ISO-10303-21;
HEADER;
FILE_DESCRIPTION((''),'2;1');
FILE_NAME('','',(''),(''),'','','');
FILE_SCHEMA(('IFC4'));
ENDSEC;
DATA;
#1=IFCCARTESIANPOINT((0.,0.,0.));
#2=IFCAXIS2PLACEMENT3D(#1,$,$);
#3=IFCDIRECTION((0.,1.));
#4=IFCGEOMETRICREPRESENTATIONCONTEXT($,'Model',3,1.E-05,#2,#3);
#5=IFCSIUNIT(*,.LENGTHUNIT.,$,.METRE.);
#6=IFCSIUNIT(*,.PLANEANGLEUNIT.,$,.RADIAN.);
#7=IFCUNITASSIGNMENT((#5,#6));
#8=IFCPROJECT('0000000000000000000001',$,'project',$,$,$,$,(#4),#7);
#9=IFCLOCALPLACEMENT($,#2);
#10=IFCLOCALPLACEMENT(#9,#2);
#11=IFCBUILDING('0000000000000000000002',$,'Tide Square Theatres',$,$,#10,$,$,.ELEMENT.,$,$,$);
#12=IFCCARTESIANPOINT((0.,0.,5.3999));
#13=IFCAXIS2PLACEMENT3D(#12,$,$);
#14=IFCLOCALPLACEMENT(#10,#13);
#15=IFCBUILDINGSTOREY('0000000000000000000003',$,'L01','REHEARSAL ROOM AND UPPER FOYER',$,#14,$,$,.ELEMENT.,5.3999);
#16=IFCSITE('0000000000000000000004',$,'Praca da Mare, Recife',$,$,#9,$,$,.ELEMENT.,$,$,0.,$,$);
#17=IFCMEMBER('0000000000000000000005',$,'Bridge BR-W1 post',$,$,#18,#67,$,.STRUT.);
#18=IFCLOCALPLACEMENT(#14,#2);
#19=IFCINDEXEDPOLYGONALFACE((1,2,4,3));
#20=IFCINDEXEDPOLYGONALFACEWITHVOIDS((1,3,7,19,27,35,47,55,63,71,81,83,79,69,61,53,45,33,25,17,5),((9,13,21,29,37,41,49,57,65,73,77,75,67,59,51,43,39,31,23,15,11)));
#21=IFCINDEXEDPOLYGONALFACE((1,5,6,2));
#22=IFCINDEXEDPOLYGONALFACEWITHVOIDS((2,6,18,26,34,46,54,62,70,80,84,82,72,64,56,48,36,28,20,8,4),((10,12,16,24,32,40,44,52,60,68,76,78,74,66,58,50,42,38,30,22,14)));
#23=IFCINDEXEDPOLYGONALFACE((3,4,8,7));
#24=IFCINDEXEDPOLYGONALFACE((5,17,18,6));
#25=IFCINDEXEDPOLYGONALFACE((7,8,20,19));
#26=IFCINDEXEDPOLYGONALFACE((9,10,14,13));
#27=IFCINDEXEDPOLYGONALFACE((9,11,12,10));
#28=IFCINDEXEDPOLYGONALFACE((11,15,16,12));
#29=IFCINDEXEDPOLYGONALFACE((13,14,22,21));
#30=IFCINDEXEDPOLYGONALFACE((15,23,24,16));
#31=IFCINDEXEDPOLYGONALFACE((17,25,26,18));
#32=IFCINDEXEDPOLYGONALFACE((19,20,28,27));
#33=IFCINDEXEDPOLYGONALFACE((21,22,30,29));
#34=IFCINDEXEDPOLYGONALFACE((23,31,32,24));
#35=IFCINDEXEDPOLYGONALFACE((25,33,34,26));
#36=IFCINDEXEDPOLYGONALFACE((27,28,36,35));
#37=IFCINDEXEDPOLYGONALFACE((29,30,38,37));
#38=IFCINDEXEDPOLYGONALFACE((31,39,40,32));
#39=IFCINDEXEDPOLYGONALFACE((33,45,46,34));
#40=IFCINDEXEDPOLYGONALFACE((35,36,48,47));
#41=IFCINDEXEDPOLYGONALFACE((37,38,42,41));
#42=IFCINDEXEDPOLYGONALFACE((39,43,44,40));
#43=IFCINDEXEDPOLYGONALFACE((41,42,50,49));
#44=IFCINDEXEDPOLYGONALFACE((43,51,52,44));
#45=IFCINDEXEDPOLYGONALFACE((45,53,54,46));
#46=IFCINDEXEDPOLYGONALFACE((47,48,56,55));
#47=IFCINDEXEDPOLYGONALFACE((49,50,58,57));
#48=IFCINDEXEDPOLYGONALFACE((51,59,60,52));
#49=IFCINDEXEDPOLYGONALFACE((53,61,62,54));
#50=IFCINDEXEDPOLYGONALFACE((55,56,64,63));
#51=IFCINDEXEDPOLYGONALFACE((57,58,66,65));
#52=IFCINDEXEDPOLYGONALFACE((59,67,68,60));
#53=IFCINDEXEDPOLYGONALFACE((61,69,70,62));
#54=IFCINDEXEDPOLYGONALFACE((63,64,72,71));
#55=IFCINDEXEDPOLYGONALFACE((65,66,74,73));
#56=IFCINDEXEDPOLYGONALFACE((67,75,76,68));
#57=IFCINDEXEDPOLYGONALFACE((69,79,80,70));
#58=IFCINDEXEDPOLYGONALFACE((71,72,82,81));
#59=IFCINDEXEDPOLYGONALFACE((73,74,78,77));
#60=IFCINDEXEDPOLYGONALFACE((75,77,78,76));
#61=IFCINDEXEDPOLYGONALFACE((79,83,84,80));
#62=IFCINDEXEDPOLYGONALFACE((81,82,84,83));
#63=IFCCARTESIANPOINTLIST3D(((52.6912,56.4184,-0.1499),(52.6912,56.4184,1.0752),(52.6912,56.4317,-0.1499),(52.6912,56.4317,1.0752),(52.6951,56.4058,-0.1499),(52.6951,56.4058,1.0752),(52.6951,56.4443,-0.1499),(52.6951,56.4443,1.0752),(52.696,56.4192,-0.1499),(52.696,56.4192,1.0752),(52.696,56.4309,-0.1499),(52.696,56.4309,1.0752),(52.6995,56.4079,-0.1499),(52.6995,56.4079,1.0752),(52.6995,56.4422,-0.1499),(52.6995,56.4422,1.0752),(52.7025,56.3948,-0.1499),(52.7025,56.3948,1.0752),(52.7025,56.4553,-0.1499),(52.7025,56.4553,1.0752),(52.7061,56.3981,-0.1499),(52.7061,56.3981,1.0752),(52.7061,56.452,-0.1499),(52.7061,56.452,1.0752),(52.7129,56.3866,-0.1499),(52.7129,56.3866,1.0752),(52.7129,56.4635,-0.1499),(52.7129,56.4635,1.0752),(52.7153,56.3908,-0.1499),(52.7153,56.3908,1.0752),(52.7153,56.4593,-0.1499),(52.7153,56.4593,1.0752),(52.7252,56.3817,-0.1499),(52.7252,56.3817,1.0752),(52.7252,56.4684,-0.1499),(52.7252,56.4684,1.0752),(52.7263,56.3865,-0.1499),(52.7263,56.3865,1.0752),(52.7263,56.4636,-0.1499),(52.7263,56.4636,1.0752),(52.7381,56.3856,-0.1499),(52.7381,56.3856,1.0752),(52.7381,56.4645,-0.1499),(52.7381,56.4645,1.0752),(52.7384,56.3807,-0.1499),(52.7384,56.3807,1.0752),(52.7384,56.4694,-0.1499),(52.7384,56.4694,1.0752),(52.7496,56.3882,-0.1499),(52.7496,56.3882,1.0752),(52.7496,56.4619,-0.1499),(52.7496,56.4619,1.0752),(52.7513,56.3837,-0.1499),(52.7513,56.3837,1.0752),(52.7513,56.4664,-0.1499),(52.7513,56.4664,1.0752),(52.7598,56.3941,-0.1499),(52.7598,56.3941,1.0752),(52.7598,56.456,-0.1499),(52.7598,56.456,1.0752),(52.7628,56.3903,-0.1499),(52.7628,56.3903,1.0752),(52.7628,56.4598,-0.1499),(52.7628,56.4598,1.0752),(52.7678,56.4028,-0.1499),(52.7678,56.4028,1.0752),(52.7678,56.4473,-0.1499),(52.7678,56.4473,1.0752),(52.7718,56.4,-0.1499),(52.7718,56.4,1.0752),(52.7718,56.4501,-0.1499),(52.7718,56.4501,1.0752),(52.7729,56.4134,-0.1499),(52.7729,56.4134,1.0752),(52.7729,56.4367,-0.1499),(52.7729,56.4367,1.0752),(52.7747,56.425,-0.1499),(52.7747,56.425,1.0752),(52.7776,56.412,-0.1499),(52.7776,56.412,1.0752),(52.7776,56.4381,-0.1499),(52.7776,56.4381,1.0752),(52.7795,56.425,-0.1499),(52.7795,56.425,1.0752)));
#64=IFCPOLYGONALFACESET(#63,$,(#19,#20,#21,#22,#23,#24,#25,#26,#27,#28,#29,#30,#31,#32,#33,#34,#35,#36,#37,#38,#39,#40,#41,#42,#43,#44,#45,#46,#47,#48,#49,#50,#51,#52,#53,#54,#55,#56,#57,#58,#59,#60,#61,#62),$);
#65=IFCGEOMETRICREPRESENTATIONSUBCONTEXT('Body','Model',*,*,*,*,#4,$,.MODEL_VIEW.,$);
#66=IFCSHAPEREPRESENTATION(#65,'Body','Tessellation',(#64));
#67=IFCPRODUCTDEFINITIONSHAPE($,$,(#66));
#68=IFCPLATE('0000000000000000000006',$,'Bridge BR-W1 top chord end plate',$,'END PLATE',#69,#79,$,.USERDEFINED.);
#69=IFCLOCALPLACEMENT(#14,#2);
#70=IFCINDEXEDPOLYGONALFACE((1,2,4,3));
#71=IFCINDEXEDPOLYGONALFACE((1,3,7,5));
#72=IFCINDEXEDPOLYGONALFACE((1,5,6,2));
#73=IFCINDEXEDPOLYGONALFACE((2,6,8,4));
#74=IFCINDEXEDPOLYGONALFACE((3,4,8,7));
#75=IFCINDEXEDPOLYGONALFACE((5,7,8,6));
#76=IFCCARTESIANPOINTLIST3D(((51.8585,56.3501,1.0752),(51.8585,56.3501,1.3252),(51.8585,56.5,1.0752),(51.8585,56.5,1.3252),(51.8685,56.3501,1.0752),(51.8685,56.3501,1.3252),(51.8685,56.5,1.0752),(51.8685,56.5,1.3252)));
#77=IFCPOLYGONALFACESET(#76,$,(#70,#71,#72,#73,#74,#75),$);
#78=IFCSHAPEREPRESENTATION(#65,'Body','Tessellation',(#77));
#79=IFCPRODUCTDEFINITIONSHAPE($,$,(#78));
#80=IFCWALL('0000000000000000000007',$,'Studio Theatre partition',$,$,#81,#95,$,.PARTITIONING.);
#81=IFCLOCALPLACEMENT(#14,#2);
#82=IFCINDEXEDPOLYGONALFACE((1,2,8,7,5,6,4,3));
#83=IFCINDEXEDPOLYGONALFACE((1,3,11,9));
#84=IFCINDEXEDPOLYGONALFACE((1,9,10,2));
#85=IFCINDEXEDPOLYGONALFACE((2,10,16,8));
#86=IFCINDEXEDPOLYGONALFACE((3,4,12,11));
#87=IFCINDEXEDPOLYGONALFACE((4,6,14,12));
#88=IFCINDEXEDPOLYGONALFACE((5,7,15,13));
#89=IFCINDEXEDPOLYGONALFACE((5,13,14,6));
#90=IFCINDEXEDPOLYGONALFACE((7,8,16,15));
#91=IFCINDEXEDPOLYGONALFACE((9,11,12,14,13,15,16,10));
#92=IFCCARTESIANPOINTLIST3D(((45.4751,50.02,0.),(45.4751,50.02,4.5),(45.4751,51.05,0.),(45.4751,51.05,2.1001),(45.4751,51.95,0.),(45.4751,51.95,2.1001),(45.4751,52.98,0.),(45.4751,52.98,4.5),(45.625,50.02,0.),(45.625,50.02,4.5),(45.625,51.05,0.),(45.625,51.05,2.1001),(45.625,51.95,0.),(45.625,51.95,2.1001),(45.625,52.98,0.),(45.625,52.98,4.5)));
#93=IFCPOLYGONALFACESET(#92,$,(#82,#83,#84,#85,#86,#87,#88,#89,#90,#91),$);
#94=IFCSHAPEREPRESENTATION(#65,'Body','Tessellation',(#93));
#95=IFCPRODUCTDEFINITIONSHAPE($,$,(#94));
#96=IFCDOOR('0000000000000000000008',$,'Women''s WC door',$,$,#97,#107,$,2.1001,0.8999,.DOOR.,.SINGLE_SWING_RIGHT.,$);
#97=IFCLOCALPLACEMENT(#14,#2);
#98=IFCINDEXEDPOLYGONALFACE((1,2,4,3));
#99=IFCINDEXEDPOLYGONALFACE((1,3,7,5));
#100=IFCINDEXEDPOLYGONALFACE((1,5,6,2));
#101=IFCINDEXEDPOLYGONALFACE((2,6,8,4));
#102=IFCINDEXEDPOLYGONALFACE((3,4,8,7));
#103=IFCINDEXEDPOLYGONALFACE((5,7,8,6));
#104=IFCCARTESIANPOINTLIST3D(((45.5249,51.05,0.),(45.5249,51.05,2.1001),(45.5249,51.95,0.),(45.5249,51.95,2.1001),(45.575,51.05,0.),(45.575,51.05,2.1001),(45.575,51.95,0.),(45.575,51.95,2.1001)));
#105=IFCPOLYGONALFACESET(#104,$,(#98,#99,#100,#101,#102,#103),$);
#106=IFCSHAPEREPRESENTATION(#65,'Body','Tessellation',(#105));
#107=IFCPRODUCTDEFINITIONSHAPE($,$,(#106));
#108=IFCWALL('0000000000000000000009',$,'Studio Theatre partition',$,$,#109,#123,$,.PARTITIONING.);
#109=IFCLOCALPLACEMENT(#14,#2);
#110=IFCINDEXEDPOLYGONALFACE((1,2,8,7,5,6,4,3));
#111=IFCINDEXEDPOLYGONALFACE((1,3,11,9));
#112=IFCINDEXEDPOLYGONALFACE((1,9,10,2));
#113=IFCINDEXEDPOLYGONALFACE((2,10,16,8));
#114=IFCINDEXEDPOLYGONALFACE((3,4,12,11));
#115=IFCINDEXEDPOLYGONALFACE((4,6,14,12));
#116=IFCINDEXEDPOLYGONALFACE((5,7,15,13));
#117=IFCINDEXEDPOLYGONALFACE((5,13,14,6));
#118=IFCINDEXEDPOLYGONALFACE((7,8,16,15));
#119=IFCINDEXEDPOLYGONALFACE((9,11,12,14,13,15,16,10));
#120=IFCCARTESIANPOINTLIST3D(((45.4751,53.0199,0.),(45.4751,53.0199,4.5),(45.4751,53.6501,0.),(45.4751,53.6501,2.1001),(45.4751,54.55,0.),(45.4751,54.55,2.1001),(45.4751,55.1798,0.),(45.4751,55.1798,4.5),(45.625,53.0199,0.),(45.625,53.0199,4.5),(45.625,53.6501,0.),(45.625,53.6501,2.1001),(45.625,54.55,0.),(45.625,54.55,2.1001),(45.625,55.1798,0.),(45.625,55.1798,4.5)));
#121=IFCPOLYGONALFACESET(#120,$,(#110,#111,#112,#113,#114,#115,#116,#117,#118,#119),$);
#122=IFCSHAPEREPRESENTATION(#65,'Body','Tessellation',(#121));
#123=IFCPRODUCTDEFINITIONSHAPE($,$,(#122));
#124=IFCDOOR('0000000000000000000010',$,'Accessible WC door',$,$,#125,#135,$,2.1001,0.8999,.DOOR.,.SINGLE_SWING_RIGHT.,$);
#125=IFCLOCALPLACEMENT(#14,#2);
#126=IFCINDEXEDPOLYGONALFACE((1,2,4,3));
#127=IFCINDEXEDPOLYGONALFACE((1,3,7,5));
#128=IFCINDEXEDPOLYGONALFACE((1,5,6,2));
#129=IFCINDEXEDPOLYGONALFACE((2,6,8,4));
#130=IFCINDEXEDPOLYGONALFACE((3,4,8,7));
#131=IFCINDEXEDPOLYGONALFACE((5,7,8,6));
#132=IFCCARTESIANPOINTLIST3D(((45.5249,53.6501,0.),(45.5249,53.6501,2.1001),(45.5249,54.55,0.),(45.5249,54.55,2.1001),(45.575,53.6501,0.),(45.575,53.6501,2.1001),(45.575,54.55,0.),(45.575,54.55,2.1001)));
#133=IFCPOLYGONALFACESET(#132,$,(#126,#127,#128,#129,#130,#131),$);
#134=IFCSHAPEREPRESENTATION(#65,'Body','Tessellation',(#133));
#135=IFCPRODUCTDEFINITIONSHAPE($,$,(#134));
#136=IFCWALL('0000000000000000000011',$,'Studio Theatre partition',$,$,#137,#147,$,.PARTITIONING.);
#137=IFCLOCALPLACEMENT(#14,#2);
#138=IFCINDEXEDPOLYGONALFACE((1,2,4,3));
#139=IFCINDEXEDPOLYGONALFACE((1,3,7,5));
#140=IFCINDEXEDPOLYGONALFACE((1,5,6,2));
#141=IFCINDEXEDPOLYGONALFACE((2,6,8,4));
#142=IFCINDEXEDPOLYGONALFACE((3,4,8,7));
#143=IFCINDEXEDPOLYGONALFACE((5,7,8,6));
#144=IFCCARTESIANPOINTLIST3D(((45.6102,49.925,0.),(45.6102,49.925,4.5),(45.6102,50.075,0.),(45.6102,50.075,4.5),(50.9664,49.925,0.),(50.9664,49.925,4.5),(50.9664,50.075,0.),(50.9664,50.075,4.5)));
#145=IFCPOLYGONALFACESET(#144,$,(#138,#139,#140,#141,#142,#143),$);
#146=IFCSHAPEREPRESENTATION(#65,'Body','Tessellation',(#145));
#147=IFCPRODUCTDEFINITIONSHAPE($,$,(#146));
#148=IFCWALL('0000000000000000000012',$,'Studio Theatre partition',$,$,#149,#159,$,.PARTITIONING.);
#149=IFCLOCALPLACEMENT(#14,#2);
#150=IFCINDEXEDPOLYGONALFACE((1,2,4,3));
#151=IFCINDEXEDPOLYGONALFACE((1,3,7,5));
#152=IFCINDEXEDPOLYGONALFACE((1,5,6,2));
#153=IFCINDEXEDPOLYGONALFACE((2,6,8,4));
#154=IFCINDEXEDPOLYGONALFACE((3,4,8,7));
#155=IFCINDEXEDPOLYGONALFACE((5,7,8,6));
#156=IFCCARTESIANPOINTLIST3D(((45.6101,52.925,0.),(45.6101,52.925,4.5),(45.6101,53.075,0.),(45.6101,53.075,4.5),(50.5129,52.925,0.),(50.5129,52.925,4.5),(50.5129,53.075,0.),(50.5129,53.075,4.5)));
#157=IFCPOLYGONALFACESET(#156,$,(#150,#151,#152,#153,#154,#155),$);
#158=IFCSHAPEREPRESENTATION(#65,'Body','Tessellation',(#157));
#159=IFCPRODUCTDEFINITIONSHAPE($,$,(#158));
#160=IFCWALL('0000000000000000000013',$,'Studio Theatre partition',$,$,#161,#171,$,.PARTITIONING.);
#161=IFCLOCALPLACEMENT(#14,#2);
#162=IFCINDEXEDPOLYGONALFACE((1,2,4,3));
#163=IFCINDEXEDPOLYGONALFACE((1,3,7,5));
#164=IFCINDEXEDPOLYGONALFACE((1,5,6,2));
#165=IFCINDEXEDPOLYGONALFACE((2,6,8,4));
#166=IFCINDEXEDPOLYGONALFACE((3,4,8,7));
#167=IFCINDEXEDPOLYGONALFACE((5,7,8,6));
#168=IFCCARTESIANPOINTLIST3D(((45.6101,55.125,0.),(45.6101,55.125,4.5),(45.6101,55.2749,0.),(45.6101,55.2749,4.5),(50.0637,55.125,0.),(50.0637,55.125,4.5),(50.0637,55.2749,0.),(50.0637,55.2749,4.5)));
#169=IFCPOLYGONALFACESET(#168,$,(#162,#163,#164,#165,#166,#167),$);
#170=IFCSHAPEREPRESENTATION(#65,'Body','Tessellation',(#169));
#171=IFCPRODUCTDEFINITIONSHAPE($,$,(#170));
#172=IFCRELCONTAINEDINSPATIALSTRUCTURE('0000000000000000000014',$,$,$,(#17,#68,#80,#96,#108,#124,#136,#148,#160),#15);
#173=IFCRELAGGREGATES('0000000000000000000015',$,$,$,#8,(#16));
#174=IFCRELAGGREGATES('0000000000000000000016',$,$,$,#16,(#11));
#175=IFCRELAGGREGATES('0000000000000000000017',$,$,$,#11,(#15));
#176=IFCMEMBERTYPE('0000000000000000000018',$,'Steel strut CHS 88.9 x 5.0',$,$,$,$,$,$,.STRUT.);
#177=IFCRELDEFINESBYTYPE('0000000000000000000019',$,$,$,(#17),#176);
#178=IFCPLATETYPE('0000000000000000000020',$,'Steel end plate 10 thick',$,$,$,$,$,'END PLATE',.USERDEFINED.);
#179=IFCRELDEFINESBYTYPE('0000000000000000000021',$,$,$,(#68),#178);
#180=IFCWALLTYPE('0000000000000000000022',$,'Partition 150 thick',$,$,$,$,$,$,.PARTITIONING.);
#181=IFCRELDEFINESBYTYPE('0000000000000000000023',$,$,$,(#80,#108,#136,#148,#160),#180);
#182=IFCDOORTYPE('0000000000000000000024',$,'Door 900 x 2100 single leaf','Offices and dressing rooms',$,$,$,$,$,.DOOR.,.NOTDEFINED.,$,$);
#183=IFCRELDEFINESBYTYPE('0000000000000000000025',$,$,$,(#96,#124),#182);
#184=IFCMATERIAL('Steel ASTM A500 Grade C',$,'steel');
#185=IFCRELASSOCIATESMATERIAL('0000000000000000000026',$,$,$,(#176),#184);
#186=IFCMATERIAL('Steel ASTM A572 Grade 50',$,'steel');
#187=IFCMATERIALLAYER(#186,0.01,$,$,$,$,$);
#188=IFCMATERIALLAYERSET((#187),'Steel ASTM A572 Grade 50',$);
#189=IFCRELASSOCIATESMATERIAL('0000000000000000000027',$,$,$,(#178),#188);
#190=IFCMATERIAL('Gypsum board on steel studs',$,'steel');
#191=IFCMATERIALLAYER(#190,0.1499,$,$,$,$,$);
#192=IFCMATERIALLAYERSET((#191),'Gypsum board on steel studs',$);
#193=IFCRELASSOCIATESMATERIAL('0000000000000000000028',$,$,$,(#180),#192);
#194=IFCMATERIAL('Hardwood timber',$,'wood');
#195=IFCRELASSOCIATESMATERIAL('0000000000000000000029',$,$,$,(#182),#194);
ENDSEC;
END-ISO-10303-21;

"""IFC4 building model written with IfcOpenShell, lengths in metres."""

from ifc_helpers import new_model, si_unit, direction, frame, frame_2d, origin, origin_2d, place, context, subcontext, project, spatial, rectangle, hollow_circle, extrude, material, layer, layer_set, material_profile, profile_set, type_object, element, fill, save


model = new_model("IFC4")

# Units and contexts
model_context = context("Model", 3, precision=1e-05, world=origin(), true_north=direction((0.0, 1.0)))
body_context = subcontext(model_context, "Body", "Model", "MODEL_VIEW")
ifc_project = project(units=[si_unit("LENGTHUNIT", "METRE"), si_unit("PLANEANGLEUNIT", "RADIAN")], contexts=[model_context])

# Site, building, storey
site_placement = place(None, origin())
site = spatial("IfcSite", under=ifc_project, at=site_placement, Name="Praca da Mare, Recife", CompositionType="ELEMENT", RefElevation=0.0)
building_placement = place(site_placement, origin())
building = spatial("IfcBuilding", under=site, at=building_placement, Name="Tide Square Theatres", CompositionType="ELEMENT")
storey_placement = place(building_placement, frame((0.0, 0.0, 5.3999)))
storey = spatial("IfcBuildingStorey", under=building, at=storey_placement, Name="L01", Description="REHEARSAL ROOM AND UPPER FOYER", CompositionType="ELEMENT", Elevation=5.3999)

# Member
ifc_material_1 = material(Name="Steel ASTM A500 Grade C", Category="steel")
ifc_material_profile_1 = material_profile(ifc_material_1, hollow_circle(Radius=0.0444, WallThickness=0.0049, at=origin_2d()))
ifc_profile_set_1 = profile_set([ifc_material_profile_1], Name="Steel ASTM A500 Grade C")
member_type_1 = type_object("IfcMemberType", Name="Steel strut CHS 88.9 x 5.0", PredefinedType="STRUT", material=ifc_profile_set_1)
for number, where, z_axis, x_axis, name in (
    (1, (52.7351, 56.425, -0.1499), (0.0, 0.0, 1.0), (1.0, 0.0, 0.0), "Bridge BR-W1 post"),
):
    element("IfcMember", number, at=place(storey_placement, frame(where, z_axis=z_axis, x_axis=x_axis)), inside=storey, type_object=member_type_1, Name=name, PredefinedType="STRUT", context=body_context, shape_type="SweptSolid", body=[
        extrude(hollow_circle(Radius=0.0444, WallThickness=0.0049, at=origin_2d()), origin(), (0.0, 0.0, 1.0), 1.2251),
    ])

# Plate
ifc_material_2 = material(Name="Steel ASTM A572 Grade 50", Category="steel")
ifc_layer_1 = layer(ifc_material_2, 0.01)
ifc_layer_set_1 = layer_set([ifc_layer_1], Name="Steel ASTM A572 Grade 50")
plate_type = type_object("IfcPlateType", Name="Steel end plate 10 thick", ElementType="END PLATE", PredefinedType="USERDEFINED", material=ifc_layer_set_1)
plate_placement = place(storey_placement, frame((51.8635, 56.425, 1.0752), z_axis=(0.0, 0.0, 1.0), x_axis=(-1.0, 0.0, 0.0)))
element("IfcPlate", 2, at=plate_placement, inside=storey, type_object=plate_type, Name="Bridge BR-W1 top chord end plate", ObjectType="END PLATE", PredefinedType="USERDEFINED", context=body_context, shape_type="SweptSolid", body=[
    extrude(rectangle(XDim=0.01, YDim=0.1499, at=origin_2d()), origin(), (0.0, 0.0, 1.0), 0.25),
])

# Walls, openings, doors
ifc_material_3 = material(Name="Gypsum board on steel studs", Category="steel")
ifc_layer_2 = layer(ifc_material_3, 0.1499)
ifc_layer_set_2 = layer_set([ifc_layer_2], Name="Gypsum board on steel studs")
wall_type_1 = type_object("IfcWallType", Name="Partition 150 thick", PredefinedType="PARTITIONING", material=ifc_layer_set_2)
wall_1_placement = place(storey_placement, frame((45.55, 52.98, 0.0), z_axis=(0.0, 0.0, 1.0), x_axis=(0.0, -1.0, 0.0)))
wall_1 = element("IfcWall", 3, at=wall_1_placement, inside=storey, type_object=wall_type_1, Name="Studio Theatre partition", PredefinedType="PARTITIONING", context=body_context, shape_type="SweptSolid", body=[
    extrude(rectangle(XDim=2.96, YDim=0.1499, at=frame_2d((1.48, 0.0))), origin(), (0.0, 0.0, 1.0), 4.5),
])
opening_1_placement = place(wall_1_placement, frame((1.03, 0.0, 0.0)))
opening_1 = element("IfcOpeningElement", 4, at=opening_1_placement, cuts=wall_1, PredefinedType="OPENING", context=body_context, shape_type="SweptSolid", body=[
    extrude(rectangle(XDim=0.8999, YDim=2.1001, at=frame_2d((0.45, 1.05))), frame((0.0, 0.085, 0.0), z_axis=(0.0, -1.0, 0.0), x_axis=(1.0, 0.0, 0.0)), (0.0, 0.0, 1.0), 0.1699),
])
ifc_material_4 = material(Name="Hardwood timber", Category="wood")
door_type = type_object("IfcDoorType", Name="Door 900 x 2100 single leaf", Description="Offices and dressing rooms", OperationType="NOTDEFINED", PredefinedType="DOOR", material=ifc_material_4)
door_1_placement = place(opening_1_placement, origin())
door_1 = element("IfcDoor", 5, at=door_1_placement, inside=storey, type_object=door_type, Name="Women's WC door", OperationType="SINGLE_SWING_RIGHT", OverallHeight=2.1001, OverallWidth=0.8999, PredefinedType="DOOR", context=body_context, shape_type="SweptSolid", body=[
    extrude(rectangle(XDim=0.8999, YDim=2.1001, at=frame_2d((0.45, 1.05))), frame((0.0, 0.0249, 0.0), z_axis=(0.0, -1.0, 0.0), x_axis=(1.0, 0.0, 0.0)), (0.0, 0.0, 1.0), 0.05),
])
fill(opening_1, door_1)
wall_2_placement = place(storey_placement, frame((45.55, 55.1799, 0.0), z_axis=(0.0, 0.0, 1.0), x_axis=(0.0, -1.0, 0.0)))
wall_2 = element("IfcWall", 6, at=wall_2_placement, inside=storey, type_object=wall_type_1, Name="Studio Theatre partition", PredefinedType="PARTITIONING", context=body_context, shape_type="SweptSolid", body=[
    extrude(rectangle(XDim=2.1599, YDim=0.1499, at=frame_2d((1.0801, 0.0))), origin(), (0.0, 0.0, 1.0), 4.5),
])
opening_2_placement = place(wall_2_placement, frame((0.6299, 0.0, 0.0)))
opening_2 = element("IfcOpeningElement", 7, at=opening_2_placement, cuts=wall_2, PredefinedType="OPENING", context=body_context, shape_type="SweptSolid", body=[
    extrude(rectangle(XDim=0.8999, YDim=2.1001, at=frame_2d((0.45, 1.05))), frame((0.0, 0.085, 0.0), z_axis=(0.0, -1.0, 0.0), x_axis=(1.0, 0.0, 0.0)), (0.0, 0.0, 1.0), 0.1699),
])
door_2_placement = place(opening_2_placement, origin())
door_2 = element("IfcDoor", 8, at=door_2_placement, inside=storey, type_object=door_type, Name="Accessible WC door", OperationType="SINGLE_SWING_RIGHT", OverallHeight=2.1001, OverallWidth=0.8999, PredefinedType="DOOR", context=body_context, shape_type="SweptSolid", body=[
    extrude(rectangle(XDim=0.8999, YDim=2.1001, at=frame_2d((0.45, 1.05))), frame((0.0, 0.0249, 0.0), z_axis=(0.0, -1.0, 0.0), x_axis=(1.0, 0.0, 0.0)), (0.0, 0.0, 1.0), 0.05),
])
fill(opening_2, door_2)

# Walls
wall_3_placement = place(storey_placement, frame((45.6101, 50.0, 0.0), z_axis=(0.0, 0.0, 1.0), x_axis=(1.0, 0.0, 0.0)))
element("IfcWall", 9, at=wall_3_placement, inside=storey, type_object=wall_type_1, Name="Studio Theatre partition", PredefinedType="PARTITIONING", context=body_context, shape_type="SweptSolid", body=[
    extrude(rectangle(XDim=5.3562, YDim=0.1499, at=frame_2d((2.6782, 0.0))), origin(), (0.0, 0.0, 1.0), 4.5),
])
wall_4_placement = place(storey_placement, frame((45.6101, 53.0, 0.0), z_axis=(0.0, 0.0, 1.0), x_axis=(1.0, 0.0, 0.0)))
element("IfcWall", 10, at=wall_4_placement, inside=storey, type_object=wall_type_1, Name="Studio Theatre partition", PredefinedType="PARTITIONING", context=body_context, shape_type="SweptSolid", body=[
    extrude(rectangle(XDim=4.9028, YDim=0.1499, at=frame_2d((2.4514, 0.0))), origin(), (0.0, 0.0, 1.0), 4.5),
])
wall_5_placement = place(storey_placement, frame((45.6101, 55.2, 0.0), z_axis=(0.0, 0.0, 1.0), x_axis=(1.0, 0.0, 0.0)))
element("IfcWall", 11, at=wall_5_placement, inside=storey, type_object=wall_type_1, Name="Studio Theatre partition", PredefinedType="PARTITIONING", context=body_context, shape_type="SweptSolid", body=[
    extrude(rectangle(XDim=4.4536, YDim=0.1499, at=frame_2d((2.2268, 0.0))), origin(), (0.0, 0.0, 1.0), 4.5),
])

save(model, "model.ifc")
